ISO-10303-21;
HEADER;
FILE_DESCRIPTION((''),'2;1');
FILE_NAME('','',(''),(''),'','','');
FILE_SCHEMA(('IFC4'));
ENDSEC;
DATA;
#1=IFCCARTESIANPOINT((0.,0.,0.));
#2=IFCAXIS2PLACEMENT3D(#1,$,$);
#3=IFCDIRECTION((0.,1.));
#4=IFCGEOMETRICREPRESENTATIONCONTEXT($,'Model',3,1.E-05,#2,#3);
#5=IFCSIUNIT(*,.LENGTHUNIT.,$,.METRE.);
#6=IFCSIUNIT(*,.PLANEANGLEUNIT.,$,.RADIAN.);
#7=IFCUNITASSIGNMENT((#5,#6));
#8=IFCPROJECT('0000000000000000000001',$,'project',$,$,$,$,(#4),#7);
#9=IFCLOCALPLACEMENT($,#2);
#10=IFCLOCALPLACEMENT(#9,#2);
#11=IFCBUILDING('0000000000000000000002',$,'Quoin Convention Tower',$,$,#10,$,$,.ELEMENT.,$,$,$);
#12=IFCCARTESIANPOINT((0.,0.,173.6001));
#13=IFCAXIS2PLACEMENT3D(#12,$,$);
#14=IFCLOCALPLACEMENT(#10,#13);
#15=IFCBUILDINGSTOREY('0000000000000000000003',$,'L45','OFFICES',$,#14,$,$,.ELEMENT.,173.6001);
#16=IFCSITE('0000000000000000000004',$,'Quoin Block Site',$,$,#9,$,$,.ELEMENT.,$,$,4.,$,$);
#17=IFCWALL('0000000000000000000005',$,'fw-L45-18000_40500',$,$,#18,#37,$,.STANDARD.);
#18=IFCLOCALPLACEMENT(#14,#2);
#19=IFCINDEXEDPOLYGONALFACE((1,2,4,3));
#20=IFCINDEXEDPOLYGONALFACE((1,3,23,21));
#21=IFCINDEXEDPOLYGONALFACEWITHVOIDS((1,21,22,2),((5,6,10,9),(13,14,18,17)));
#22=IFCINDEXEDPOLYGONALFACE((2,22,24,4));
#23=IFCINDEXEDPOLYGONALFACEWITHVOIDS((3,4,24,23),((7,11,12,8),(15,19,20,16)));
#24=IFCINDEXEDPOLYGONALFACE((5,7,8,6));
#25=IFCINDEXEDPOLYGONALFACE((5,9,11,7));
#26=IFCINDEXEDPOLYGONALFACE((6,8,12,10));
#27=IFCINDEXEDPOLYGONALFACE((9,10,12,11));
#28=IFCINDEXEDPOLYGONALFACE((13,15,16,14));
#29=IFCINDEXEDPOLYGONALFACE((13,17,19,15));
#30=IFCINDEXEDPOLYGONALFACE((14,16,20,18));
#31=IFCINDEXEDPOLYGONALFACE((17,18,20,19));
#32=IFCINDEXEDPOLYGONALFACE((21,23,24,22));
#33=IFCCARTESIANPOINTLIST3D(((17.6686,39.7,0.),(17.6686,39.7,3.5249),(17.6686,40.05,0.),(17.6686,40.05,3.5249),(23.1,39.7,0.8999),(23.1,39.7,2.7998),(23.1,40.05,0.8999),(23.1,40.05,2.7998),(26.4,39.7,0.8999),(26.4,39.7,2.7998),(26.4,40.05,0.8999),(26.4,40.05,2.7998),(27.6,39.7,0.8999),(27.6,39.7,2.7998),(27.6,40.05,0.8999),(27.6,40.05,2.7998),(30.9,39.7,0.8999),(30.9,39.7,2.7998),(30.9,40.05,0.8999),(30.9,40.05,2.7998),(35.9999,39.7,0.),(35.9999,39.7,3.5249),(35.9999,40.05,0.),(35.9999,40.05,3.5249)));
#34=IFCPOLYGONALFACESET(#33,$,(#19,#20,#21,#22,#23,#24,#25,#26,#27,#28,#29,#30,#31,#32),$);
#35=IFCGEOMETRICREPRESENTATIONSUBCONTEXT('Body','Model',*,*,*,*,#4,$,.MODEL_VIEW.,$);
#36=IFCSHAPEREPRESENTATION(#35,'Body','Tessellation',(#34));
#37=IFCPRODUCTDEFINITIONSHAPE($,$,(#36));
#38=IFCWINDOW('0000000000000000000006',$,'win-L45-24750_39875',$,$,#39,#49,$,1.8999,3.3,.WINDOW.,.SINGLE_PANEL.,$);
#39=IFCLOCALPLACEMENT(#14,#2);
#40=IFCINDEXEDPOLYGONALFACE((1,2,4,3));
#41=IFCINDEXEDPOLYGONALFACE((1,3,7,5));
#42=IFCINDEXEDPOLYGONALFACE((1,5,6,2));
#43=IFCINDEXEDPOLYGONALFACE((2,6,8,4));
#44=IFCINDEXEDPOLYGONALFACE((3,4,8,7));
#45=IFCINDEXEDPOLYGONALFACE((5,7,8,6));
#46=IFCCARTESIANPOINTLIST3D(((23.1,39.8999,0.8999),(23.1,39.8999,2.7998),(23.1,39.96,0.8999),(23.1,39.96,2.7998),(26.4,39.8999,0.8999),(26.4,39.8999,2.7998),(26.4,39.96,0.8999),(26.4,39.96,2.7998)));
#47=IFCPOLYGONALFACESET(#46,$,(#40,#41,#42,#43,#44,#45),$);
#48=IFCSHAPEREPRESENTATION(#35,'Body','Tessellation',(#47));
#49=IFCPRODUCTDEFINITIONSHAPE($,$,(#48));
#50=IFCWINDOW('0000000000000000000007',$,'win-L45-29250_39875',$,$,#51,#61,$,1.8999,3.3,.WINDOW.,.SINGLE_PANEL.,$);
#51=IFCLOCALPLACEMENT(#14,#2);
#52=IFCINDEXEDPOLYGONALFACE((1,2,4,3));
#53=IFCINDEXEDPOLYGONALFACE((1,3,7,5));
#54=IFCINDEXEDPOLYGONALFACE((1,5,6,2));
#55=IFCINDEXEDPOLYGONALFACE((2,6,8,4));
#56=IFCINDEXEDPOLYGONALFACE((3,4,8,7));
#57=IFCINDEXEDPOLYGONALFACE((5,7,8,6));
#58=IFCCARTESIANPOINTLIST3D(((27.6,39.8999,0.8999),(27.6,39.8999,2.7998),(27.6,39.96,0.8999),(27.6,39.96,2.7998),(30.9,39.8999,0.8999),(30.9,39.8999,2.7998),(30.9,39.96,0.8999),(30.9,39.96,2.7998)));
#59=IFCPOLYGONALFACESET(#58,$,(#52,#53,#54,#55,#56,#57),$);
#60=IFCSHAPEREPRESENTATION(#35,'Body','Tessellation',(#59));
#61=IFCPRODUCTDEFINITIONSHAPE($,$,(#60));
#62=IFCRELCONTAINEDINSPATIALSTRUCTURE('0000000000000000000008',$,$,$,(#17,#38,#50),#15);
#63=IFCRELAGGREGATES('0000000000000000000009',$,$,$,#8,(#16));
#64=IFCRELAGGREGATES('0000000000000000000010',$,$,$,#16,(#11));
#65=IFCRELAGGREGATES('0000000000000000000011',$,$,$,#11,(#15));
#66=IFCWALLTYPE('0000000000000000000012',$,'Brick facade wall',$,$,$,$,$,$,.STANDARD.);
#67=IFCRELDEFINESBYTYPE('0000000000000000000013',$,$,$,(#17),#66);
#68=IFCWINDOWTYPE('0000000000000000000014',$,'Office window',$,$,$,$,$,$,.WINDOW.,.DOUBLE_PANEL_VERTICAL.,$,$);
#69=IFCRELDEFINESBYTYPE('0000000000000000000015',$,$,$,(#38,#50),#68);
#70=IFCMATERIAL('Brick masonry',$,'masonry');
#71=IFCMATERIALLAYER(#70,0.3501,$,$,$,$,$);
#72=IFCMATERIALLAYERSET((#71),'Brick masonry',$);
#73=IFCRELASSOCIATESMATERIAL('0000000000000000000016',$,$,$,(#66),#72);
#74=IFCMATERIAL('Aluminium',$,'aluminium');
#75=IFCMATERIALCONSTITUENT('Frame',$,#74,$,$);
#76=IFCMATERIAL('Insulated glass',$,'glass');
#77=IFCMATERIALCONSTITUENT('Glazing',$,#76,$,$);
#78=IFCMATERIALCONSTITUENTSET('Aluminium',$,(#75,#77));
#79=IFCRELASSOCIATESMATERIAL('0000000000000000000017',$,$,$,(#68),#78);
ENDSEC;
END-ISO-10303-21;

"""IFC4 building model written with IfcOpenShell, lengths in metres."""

from ifc_helpers import new_model, si_unit, direction, frame, frame_2d, origin, place, context, subcontext, project, spatial, rectangle, extrude, material, layer, layer_set, constituent, constituent_set, type_object, element, fill, save


model = new_model("IFC4")

# Units and contexts
model_context = context("Model", 3, precision=1e-05, world=origin(), true_north=direction((0.0, 1.0)))
body_context = subcontext(model_context, "Body", "Model", "MODEL_VIEW")
ifc_project = project(units=[si_unit("LENGTHUNIT", "METRE"), si_unit("PLANEANGLEUNIT", "RADIAN")], contexts=[model_context])

# Site, building, storey
site_placement = place(None, origin())
site = spatial("IfcSite", under=ifc_project, at=site_placement, Name="Quoin Block Site", CompositionType="ELEMENT", RefElevation=4.0)
building_placement = place(site_placement, origin())
building = spatial("IfcBuilding", under=site, at=building_placement, Name="Quoin Convention Tower", CompositionType="ELEMENT")
storey_placement = place(building_placement, frame((0.0, 0.0, 173.6001)))
storey = spatial("IfcBuildingStorey", under=building, at=storey_placement, Name="L45", Description="OFFICES", CompositionType="ELEMENT", Elevation=173.6001)

# Wall, openings, windows
ifc_material_1 = material(Name="Brick masonry", Category="masonry")
ifc_layer_1 = layer(ifc_material_1, 0.3501)
ifc_layer_set_1 = layer_set([ifc_layer_1], Name="Brick masonry")
wall_type = type_object("IfcWallType", Name="Brick facade wall", PredefinedType="STANDARD", material=ifc_layer_set_1)
ifc_material_2 = material(Name="Aluminium", Category="aluminium")
ifc_constituent_1 = constituent(ifc_material_2, Name="Frame")
ifc_material_3 = material(Name="Insulated glass", Category="glass")
ifc_constituent_2 = constituent(ifc_material_3, Name="Glazing")
ifc_constituent_set = constituent_set(constituents=[ifc_constituent_1, ifc_constituent_2], Name="Aluminium")
window_type = type_object("IfcWindowType", Name="Office window", PartitioningType="DOUBLE_PANEL_VERTICAL", PredefinedType="WINDOW", material=ifc_constituent_set)
wall_1_placement = place(storey_placement, frame((17.6687, 39.875, 0.0), z_axis=(0.0, 0.0, 1.0), x_axis=(1.0, 0.0, 0.0)))
wall_1 = element("IfcWall", 1, at=wall_1_placement, inside=storey, type_object=wall_type, Name="fw-L45-18000_40500", PredefinedType="STANDARD", context=body_context, shape_type="SweptSolid", body=[
    extrude(rectangle(XDim=18.3313, YDim=0.3501, at=frame_2d((9.1655, 0.0))), origin(), (0.0, 0.0, 1.0), 3.5249),
])
opening_1_placement = place(wall_1_placement, frame((5.4314, 0.0, 0.8999)))
opening_1 = element("IfcOpeningElement", 2, at=opening_1_placement, cuts=wall_1, PredefinedType="OPENING", context=body_context, shape_type="SweptSolid", body=[
    extrude(rectangle(XDim=3.3, YDim=1.8999, at=frame_2d((1.6499, 0.95))), frame((0.0, 0.1851, 0.0), z_axis=(0.0, -1.0, 0.0), x_axis=(1.0, 0.0, 0.0)), (0.0, 0.0, 1.0), 0.3701),
])
opening_2_placement = place(wall_1_placement, frame((9.9314, 0.0, 0.8999)))
opening_2 = element("IfcOpeningElement", 3, at=opening_2_placement, cuts=wall_1, PredefinedType="OPENING", context=body_context, shape_type="SweptSolid", body=[
    extrude(rectangle(XDim=3.3, YDim=1.8999, at=frame_2d((1.6499, 0.95))), frame((0.0, 0.1851, 0.0), z_axis=(0.0, -1.0, 0.0), x_axis=(1.0, 0.0, 0.0)), (0.0, 0.0, 1.0), 0.3701),
])
window_1_placement = place(opening_1_placement, origin())
window_1 = element("IfcWindow", 4, at=window_1_placement, inside=storey, type_object=window_type, Name="win-L45-24750_39875", OverallHeight=1.8999, OverallWidth=3.3, PartitioningType="SINGLE_PANEL", PredefinedType="WINDOW", context=body_context, shape_type="SweptSolid", body=[
    extrude(rectangle(XDim=3.3, YDim=1.8999, at=frame_2d((1.6499, 0.95))), frame((0.0, 0.085, 0.0), z_axis=(0.0, -1.0, 0.0), x_axis=(1.0, 0.0, 0.0)), (0.0, 0.0, 1.0), 0.0601),
])
fill(opening_1, window_1)
window_2_placement = place(opening_2_placement, origin())
window_2 = element("IfcWindow", 5, at=window_2_placement, inside=storey, type_object=window_type, Name="win-L45-29250_39875", OverallHeight=1.8999, OverallWidth=3.3, PartitioningType="SINGLE_PANEL", PredefinedType="WINDOW", context=body_context, shape_type="SweptSolid", body=[
    extrude(rectangle(XDim=3.3, YDim=1.8999, at=frame_2d((1.6499, 0.95))), frame((0.0, 0.085, 0.0), z_axis=(0.0, -1.0, 0.0), x_axis=(1.0, 0.0, 0.0)), (0.0, 0.0, 1.0), 0.0601),
])
fill(opening_2, window_2)

save(model, "model.ifc")
